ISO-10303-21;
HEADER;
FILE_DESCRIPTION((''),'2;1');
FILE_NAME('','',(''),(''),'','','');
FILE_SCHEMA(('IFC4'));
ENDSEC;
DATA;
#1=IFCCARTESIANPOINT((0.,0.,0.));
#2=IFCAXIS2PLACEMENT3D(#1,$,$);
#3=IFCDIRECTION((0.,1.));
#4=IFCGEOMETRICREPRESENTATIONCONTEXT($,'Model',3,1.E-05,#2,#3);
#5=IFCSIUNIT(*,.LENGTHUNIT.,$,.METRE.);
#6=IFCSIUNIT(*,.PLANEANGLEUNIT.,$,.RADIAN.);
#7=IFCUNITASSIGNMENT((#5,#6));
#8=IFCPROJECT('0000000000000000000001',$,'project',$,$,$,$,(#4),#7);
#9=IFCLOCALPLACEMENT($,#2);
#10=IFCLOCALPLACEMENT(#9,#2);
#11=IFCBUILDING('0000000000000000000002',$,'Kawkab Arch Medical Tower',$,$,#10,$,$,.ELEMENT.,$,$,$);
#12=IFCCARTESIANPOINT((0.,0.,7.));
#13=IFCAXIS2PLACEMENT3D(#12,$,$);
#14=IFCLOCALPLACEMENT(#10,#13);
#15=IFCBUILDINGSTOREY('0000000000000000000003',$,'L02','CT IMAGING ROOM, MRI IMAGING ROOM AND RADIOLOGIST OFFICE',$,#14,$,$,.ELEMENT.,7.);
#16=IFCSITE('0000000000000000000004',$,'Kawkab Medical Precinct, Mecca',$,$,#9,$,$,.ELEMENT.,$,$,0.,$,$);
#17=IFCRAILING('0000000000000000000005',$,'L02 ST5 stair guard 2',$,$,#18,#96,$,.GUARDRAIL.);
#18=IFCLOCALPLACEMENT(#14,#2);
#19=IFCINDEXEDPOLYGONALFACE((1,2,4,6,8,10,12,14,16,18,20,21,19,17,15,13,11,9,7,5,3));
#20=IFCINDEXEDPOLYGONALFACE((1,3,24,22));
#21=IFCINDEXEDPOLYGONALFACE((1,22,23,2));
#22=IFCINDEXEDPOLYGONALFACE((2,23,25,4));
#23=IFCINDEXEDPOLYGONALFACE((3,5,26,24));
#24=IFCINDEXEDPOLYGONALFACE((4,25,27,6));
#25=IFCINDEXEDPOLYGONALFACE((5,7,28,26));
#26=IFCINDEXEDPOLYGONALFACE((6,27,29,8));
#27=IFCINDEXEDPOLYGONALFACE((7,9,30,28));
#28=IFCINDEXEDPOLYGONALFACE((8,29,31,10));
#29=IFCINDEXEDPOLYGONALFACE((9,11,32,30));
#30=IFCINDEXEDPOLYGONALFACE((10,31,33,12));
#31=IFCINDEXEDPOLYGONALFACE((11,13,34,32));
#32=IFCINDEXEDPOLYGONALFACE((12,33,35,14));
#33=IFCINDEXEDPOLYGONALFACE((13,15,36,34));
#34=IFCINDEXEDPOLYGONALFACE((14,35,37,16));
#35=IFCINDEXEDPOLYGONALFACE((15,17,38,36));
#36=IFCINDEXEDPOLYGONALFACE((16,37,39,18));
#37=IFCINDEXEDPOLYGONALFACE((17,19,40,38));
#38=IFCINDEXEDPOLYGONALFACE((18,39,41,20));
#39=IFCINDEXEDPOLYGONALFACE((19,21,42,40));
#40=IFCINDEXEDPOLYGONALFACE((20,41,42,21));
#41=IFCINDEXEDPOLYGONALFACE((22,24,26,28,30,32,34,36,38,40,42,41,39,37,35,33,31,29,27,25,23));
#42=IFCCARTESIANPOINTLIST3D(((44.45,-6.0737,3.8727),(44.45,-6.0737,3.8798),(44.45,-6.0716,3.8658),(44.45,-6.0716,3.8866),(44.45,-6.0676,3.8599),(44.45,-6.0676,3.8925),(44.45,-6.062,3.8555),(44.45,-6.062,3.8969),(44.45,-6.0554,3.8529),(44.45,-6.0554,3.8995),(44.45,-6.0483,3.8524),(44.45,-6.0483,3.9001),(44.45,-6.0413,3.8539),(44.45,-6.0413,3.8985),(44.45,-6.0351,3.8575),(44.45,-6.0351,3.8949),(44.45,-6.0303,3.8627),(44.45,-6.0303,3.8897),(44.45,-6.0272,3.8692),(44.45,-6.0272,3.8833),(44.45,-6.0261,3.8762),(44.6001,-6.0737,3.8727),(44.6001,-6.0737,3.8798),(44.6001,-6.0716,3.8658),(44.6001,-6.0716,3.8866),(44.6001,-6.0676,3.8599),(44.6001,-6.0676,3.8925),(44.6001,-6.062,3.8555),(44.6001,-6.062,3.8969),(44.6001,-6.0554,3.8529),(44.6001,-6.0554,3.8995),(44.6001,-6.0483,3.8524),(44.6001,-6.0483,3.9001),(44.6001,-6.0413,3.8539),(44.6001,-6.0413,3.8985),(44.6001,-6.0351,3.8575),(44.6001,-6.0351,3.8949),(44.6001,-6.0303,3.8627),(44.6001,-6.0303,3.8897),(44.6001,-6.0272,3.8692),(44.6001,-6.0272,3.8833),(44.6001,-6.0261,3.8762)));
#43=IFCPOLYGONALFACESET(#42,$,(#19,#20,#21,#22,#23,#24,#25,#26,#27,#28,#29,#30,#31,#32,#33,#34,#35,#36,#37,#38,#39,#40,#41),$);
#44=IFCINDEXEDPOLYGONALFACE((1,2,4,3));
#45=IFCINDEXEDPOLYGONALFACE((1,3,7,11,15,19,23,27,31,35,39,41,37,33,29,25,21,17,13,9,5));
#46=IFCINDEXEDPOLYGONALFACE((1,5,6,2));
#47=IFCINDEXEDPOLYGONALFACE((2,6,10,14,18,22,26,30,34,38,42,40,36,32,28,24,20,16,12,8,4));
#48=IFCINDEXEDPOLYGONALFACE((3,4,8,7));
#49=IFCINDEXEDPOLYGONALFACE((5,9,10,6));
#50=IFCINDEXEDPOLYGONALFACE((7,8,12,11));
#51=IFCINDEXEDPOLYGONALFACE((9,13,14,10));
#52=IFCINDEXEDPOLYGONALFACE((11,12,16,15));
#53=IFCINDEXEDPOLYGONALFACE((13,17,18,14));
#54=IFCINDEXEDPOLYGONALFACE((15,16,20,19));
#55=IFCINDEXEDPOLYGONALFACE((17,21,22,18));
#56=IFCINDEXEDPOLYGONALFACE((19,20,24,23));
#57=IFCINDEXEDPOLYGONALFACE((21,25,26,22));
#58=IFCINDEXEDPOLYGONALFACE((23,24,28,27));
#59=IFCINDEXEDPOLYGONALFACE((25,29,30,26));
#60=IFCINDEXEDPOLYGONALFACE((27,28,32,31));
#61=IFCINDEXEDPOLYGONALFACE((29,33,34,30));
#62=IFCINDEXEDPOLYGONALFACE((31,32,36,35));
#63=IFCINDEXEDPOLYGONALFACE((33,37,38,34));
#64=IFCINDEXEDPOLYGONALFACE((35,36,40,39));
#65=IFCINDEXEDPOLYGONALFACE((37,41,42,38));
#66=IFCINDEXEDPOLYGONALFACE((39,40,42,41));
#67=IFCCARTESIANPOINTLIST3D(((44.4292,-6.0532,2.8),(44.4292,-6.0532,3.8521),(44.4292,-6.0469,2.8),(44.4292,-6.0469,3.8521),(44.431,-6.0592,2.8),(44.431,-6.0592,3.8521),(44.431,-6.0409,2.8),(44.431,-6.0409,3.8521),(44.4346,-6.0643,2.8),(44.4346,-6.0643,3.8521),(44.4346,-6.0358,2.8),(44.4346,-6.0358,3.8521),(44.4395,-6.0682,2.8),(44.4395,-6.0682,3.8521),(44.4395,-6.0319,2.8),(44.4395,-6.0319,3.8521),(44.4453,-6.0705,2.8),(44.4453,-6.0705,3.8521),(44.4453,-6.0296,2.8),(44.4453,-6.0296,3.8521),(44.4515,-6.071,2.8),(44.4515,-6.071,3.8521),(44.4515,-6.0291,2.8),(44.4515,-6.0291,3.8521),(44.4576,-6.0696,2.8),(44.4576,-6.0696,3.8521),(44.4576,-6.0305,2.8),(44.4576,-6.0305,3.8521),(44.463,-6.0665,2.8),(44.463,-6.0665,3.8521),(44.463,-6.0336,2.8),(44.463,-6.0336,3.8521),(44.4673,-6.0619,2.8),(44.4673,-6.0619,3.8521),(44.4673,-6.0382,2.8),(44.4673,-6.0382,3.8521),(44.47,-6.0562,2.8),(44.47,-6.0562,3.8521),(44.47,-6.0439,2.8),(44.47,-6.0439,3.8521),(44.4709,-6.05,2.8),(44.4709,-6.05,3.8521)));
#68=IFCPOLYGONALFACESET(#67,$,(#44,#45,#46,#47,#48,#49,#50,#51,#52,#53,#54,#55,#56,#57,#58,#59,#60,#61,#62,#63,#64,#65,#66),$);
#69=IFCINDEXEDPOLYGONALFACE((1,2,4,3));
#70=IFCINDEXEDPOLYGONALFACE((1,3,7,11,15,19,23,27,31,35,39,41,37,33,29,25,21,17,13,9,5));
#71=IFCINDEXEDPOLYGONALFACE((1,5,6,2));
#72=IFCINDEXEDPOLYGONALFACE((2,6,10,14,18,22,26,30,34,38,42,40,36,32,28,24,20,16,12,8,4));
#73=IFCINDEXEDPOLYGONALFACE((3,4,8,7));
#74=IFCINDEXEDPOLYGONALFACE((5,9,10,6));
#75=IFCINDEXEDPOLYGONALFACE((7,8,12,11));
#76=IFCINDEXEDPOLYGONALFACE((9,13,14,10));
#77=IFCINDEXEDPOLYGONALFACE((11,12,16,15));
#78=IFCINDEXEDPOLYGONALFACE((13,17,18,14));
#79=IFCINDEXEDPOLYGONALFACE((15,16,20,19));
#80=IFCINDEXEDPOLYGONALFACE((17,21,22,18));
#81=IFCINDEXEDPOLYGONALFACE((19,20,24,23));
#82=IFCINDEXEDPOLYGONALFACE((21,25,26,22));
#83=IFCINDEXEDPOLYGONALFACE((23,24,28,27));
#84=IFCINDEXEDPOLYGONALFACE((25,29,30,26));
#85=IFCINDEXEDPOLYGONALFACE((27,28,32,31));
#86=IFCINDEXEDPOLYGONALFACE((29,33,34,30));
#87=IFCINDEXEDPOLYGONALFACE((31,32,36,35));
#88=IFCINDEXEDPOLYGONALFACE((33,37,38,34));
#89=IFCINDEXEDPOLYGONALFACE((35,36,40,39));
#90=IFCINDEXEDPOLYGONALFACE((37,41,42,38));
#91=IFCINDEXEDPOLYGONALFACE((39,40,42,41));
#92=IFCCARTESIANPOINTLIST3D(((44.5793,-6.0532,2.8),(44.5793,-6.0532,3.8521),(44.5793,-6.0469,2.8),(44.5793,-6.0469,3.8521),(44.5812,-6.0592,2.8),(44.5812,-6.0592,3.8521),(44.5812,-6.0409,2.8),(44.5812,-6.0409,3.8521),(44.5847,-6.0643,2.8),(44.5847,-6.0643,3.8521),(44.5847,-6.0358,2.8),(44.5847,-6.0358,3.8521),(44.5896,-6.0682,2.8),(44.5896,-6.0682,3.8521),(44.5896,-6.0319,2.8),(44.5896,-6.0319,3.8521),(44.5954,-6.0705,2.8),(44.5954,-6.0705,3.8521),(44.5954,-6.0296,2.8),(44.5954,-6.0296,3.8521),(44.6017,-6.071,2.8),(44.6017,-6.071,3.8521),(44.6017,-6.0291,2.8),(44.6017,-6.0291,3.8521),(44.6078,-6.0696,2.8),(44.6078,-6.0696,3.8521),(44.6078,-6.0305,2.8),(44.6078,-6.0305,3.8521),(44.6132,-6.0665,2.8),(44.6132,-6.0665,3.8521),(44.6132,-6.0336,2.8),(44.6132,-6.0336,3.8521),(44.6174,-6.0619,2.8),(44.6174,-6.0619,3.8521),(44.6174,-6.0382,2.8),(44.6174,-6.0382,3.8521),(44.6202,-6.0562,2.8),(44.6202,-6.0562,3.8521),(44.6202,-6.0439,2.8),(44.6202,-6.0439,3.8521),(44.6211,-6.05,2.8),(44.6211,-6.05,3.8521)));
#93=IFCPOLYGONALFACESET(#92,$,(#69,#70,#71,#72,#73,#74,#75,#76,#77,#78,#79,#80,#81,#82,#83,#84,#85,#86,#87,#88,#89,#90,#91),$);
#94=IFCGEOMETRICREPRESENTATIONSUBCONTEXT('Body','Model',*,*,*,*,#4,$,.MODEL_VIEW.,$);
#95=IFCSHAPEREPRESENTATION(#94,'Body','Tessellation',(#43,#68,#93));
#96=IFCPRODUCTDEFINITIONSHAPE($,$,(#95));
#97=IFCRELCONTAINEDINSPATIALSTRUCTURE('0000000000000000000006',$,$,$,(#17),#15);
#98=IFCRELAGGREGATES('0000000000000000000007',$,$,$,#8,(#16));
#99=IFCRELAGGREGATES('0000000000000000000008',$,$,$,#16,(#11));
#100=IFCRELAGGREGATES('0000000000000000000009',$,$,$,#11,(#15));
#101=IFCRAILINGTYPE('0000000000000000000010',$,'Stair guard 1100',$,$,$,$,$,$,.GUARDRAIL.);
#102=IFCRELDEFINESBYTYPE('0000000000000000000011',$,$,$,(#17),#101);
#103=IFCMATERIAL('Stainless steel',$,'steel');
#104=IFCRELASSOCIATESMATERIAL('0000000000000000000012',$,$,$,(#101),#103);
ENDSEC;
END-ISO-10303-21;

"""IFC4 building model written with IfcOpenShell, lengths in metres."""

from ifc_helpers import new_model, si_unit, direction, frame, origin, origin_2d, place, context, subcontext, project, spatial, circle, extrude, material, type_object, element, save


model = new_model("IFC4")

# Units and contexts
model_context = context("Model", 3, precision=1e-05, world=origin(), true_north=direction((0.0, 1.0)))
body_context = subcontext(model_context, "Body", "Model", "MODEL_VIEW")
ifc_project = project(units=[si_unit("LENGTHUNIT", "METRE"), si_unit("PLANEANGLEUNIT", "RADIAN")], contexts=[model_context])

# Site, building, storey
site_placement = place(None, origin())
site = spatial("IfcSite", under=ifc_project, at=site_placement, Name="Kawkab Medical Precinct, Mecca", CompositionType="ELEMENT", RefElevation=0.0)
building_placement = place(site_placement, origin())
building = spatial("IfcBuilding", under=site, at=building_placement, Name="Kawkab Arch Medical Tower", CompositionType="ELEMENT")
storey_placement = place(building_placement, frame((0.0, 0.0, 7.0)))
storey = spatial("IfcBuildingStorey", under=building, at=storey_placement, Name="L02", Description="CT IMAGING ROOM, MRI IMAGING ROOM AND RADIOLOGIST OFFICE", CompositionType="ELEMENT", Elevation=7.0)

# Railing
ifc_material_1 = material(Name="Stainless steel", Category="steel")
railing_type = type_object("IfcRailingType", Name="Stair guard 1100", PredefinedType="GUARDRAIL", material=ifc_material_1)
railing_1_placement = place(storey_placement, frame((44.45, -6.05, 2.8)))
element("IfcRailing", 1, at=railing_1_placement, inside=storey, type_object=railing_type, Name="L02 ST5 stair guard 2", PredefinedType="GUARDRAIL", context=body_context, shape_type="SweptSolid", body=[
    extrude(circle(Radius=0.0239, at=origin_2d()), frame((0.0, 0.0, 1.0762), z_axis=(1.0, 0.0, 0.0), x_axis=(0.0, 1.0, 0.0)), (0.0, 0.0, 1.0), 0.1501),
    extrude(circle(Radius=0.021, at=origin_2d()), origin(), (0.0, 0.0, 1.0), 1.052),
    extrude(circle(Radius=0.021, at=origin_2d()), frame((0.1501, 0.0, 0.0)), (0.0, 0.0, 1.0), 1.052),
])

save(model, "model.ifc")
